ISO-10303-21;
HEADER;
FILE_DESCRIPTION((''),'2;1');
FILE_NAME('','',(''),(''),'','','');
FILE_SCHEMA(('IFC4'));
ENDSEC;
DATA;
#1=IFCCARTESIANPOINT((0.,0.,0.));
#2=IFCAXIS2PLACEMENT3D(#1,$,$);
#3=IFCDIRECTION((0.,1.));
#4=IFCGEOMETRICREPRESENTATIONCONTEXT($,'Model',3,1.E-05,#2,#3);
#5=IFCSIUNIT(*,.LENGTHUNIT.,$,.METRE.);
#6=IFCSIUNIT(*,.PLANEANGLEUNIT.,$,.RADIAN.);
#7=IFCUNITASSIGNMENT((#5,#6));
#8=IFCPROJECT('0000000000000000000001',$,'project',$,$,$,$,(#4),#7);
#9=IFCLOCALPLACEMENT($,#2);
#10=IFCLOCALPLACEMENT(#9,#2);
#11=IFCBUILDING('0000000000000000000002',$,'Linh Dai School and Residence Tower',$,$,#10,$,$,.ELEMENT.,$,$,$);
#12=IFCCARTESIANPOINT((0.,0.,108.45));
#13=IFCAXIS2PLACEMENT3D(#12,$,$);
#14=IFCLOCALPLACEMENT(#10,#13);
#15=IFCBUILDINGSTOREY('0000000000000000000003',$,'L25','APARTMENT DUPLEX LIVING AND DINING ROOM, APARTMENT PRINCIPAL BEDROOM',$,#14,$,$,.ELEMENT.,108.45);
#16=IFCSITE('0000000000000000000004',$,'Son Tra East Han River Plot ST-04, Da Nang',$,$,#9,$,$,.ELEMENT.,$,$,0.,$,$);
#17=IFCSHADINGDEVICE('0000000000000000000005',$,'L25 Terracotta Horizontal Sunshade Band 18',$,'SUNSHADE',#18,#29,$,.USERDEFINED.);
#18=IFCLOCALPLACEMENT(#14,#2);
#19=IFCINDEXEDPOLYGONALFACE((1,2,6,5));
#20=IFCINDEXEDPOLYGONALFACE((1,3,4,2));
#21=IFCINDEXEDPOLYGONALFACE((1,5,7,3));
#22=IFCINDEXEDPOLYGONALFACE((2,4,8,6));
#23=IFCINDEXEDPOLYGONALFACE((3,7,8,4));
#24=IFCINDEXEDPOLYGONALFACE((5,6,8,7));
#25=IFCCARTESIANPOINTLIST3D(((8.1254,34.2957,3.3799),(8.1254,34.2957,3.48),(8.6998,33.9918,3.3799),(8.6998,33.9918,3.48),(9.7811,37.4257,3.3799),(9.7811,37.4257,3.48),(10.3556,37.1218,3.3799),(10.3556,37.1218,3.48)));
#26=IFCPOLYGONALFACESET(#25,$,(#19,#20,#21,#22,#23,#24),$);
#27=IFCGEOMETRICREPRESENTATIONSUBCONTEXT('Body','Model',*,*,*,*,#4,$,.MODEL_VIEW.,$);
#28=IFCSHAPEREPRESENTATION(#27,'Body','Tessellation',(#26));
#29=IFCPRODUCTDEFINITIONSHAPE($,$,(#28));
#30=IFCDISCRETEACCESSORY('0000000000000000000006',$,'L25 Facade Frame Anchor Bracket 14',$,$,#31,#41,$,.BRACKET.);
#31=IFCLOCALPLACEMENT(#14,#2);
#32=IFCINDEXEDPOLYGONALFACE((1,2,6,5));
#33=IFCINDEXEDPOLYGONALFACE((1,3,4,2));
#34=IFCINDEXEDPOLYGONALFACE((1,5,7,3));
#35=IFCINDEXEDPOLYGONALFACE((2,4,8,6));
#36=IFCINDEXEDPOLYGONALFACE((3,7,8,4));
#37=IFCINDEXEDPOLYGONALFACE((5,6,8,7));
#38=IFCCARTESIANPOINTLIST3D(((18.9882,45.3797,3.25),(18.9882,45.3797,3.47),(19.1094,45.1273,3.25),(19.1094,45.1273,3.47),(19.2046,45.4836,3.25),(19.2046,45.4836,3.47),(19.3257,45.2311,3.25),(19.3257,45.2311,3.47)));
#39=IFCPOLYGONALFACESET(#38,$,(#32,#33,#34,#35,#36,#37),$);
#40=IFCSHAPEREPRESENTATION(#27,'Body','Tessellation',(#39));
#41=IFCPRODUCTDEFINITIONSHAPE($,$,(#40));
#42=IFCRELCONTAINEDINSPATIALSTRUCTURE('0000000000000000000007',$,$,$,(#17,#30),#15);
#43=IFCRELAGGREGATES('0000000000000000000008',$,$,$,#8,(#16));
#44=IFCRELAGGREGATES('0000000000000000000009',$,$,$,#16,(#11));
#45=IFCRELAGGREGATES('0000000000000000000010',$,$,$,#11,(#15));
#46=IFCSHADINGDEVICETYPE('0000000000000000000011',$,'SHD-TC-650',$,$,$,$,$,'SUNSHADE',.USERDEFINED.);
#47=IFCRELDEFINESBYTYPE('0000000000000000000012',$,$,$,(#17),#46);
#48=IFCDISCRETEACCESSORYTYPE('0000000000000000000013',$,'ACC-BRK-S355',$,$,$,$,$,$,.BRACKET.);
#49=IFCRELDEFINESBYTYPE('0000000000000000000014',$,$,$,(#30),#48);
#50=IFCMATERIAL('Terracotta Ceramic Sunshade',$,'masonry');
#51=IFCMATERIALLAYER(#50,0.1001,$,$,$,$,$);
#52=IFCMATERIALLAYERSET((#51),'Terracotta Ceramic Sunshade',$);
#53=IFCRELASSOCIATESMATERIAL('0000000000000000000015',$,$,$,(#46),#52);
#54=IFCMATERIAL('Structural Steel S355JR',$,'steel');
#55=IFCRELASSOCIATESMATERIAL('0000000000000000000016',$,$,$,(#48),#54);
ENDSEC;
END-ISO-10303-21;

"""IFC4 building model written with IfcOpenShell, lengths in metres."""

from ifc_helpers import new_model, si_unit, direction, frame, origin, origin_2d, place, context, subcontext, project, spatial, rectangle, extrude, source, transform, mapped, material, layer, layer_set, type_object, element, save


model = new_model("IFC4")

# Units and contexts
model_context = context("Model", 3, precision=1e-05, world=origin(), true_north=direction((0.0, 1.0)))
body_context = subcontext(model_context, "Body", "Model", "MODEL_VIEW")
ifc_project = project(units=[si_unit("LENGTHUNIT", "METRE"), si_unit("PLANEANGLEUNIT", "RADIAN")], contexts=[model_context])

# Site, building, storey
site_placement = place(None, origin())
site = spatial("IfcSite", under=ifc_project, at=site_placement, Name="Son Tra East Han River Plot ST-04, Da Nang", CompositionType="ELEMENT", RefElevation=0.0)
building_placement = place(site_placement, origin())
building = spatial("IfcBuilding", under=site, at=building_placement, Name="Linh Dai School and Residence Tower", CompositionType="ELEMENT")
storey_placement = place(building_placement, frame((0.0, 0.0, 108.45)))
storey = spatial("IfcBuildingStorey", under=building, at=storey_placement, Name="L25", Description="APARTMENT DUPLEX LIVING AND DINING ROOM, APARTMENT PRINCIPAL BEDROOM", CompositionType="ELEMENT", Elevation=108.45)

# Shared definitions
ifc_material_1 = material(Name="Structural Steel S355JR", Category="steel")

# Shading device
ifc_material_2 = material(Name="Terracotta Ceramic Sunshade", Category="masonry")
ifc_layer_1 = layer(ifc_material_2, 0.1001)
ifc_layer_set_1 = layer_set([ifc_layer_1], Name="Terracotta Ceramic Sunshade")
shading_device_type = type_object("IfcShadingDeviceType", Name="SHD-TC-650", ElementType="SUNSHADE", PredefinedType="USERDEFINED", material=ifc_layer_set_1)
shared_shape_1 = source(origin(), body_context, "Body", "SweptSolid", [
    extrude(rectangle(XDim=3.541, YDim=0.6499, at=origin_2d()), origin(), (0.0, 0.0, 1.0), 0.1001),
])
shading_device_1_placement = place(storey_placement, frame((9.2405, 35.7087, 3.3799), z_axis=(0.0, 0.0, 1.0), x_axis=(0.467596, 0.883942, 0.0)))
element("IfcShadingDevice", 1, at=shading_device_1_placement, inside=storey, type_object=shading_device_type, Name="L25 Terracotta Horizontal Sunshade Band 18", ObjectType="SUNSHADE", PredefinedType="USERDEFINED", context=body_context, shape_type="MappedRepresentation", body=[
    mapped(shared_shape_1, transform((0.0, 0.0, 0.0), x_axis=(1.0, 0.0, 0.0), y_axis=(0.0, 1.0, 0.0), z_axis=(0.0, 0.0, 1.0), scale=1.0)),
])

# Discrete accessory
discrete_accessory_type = type_object("IfcDiscreteAccessoryType", Name="ACC-BRK-S355", PredefinedType="BRACKET", material=ifc_material_1)
shared_shape_2 = source(origin(), body_context, "Body", "SweptSolid", [
    extrude(rectangle(XDim=0.28, YDim=0.24, at=origin_2d()), origin(), (0.0, 0.0, 1.0), 0.22),
])
discrete_accessory_placement = place(storey_placement, frame((19.157, 45.3054, 3.25), z_axis=(0.0, 0.0, 1.0), x_axis=(-0.432618, 0.901578, 0.0)))
element("IfcDiscreteAccessory", 2, at=discrete_accessory_placement, inside=storey, type_object=discrete_accessory_type, Name="L25 Facade Frame Anchor Bracket 14", PredefinedType="BRACKET", context=body_context, shape_type="MappedRepresentation", body=[
    mapped(shared_shape_2, transform((0.0, 0.0, 0.0), x_axis=(1.0, 0.0, 0.0), y_axis=(0.0, 1.0, 0.0), z_axis=(0.0, 0.0, 1.0), scale=1.0)),
])

save(model, "model.ifc")
